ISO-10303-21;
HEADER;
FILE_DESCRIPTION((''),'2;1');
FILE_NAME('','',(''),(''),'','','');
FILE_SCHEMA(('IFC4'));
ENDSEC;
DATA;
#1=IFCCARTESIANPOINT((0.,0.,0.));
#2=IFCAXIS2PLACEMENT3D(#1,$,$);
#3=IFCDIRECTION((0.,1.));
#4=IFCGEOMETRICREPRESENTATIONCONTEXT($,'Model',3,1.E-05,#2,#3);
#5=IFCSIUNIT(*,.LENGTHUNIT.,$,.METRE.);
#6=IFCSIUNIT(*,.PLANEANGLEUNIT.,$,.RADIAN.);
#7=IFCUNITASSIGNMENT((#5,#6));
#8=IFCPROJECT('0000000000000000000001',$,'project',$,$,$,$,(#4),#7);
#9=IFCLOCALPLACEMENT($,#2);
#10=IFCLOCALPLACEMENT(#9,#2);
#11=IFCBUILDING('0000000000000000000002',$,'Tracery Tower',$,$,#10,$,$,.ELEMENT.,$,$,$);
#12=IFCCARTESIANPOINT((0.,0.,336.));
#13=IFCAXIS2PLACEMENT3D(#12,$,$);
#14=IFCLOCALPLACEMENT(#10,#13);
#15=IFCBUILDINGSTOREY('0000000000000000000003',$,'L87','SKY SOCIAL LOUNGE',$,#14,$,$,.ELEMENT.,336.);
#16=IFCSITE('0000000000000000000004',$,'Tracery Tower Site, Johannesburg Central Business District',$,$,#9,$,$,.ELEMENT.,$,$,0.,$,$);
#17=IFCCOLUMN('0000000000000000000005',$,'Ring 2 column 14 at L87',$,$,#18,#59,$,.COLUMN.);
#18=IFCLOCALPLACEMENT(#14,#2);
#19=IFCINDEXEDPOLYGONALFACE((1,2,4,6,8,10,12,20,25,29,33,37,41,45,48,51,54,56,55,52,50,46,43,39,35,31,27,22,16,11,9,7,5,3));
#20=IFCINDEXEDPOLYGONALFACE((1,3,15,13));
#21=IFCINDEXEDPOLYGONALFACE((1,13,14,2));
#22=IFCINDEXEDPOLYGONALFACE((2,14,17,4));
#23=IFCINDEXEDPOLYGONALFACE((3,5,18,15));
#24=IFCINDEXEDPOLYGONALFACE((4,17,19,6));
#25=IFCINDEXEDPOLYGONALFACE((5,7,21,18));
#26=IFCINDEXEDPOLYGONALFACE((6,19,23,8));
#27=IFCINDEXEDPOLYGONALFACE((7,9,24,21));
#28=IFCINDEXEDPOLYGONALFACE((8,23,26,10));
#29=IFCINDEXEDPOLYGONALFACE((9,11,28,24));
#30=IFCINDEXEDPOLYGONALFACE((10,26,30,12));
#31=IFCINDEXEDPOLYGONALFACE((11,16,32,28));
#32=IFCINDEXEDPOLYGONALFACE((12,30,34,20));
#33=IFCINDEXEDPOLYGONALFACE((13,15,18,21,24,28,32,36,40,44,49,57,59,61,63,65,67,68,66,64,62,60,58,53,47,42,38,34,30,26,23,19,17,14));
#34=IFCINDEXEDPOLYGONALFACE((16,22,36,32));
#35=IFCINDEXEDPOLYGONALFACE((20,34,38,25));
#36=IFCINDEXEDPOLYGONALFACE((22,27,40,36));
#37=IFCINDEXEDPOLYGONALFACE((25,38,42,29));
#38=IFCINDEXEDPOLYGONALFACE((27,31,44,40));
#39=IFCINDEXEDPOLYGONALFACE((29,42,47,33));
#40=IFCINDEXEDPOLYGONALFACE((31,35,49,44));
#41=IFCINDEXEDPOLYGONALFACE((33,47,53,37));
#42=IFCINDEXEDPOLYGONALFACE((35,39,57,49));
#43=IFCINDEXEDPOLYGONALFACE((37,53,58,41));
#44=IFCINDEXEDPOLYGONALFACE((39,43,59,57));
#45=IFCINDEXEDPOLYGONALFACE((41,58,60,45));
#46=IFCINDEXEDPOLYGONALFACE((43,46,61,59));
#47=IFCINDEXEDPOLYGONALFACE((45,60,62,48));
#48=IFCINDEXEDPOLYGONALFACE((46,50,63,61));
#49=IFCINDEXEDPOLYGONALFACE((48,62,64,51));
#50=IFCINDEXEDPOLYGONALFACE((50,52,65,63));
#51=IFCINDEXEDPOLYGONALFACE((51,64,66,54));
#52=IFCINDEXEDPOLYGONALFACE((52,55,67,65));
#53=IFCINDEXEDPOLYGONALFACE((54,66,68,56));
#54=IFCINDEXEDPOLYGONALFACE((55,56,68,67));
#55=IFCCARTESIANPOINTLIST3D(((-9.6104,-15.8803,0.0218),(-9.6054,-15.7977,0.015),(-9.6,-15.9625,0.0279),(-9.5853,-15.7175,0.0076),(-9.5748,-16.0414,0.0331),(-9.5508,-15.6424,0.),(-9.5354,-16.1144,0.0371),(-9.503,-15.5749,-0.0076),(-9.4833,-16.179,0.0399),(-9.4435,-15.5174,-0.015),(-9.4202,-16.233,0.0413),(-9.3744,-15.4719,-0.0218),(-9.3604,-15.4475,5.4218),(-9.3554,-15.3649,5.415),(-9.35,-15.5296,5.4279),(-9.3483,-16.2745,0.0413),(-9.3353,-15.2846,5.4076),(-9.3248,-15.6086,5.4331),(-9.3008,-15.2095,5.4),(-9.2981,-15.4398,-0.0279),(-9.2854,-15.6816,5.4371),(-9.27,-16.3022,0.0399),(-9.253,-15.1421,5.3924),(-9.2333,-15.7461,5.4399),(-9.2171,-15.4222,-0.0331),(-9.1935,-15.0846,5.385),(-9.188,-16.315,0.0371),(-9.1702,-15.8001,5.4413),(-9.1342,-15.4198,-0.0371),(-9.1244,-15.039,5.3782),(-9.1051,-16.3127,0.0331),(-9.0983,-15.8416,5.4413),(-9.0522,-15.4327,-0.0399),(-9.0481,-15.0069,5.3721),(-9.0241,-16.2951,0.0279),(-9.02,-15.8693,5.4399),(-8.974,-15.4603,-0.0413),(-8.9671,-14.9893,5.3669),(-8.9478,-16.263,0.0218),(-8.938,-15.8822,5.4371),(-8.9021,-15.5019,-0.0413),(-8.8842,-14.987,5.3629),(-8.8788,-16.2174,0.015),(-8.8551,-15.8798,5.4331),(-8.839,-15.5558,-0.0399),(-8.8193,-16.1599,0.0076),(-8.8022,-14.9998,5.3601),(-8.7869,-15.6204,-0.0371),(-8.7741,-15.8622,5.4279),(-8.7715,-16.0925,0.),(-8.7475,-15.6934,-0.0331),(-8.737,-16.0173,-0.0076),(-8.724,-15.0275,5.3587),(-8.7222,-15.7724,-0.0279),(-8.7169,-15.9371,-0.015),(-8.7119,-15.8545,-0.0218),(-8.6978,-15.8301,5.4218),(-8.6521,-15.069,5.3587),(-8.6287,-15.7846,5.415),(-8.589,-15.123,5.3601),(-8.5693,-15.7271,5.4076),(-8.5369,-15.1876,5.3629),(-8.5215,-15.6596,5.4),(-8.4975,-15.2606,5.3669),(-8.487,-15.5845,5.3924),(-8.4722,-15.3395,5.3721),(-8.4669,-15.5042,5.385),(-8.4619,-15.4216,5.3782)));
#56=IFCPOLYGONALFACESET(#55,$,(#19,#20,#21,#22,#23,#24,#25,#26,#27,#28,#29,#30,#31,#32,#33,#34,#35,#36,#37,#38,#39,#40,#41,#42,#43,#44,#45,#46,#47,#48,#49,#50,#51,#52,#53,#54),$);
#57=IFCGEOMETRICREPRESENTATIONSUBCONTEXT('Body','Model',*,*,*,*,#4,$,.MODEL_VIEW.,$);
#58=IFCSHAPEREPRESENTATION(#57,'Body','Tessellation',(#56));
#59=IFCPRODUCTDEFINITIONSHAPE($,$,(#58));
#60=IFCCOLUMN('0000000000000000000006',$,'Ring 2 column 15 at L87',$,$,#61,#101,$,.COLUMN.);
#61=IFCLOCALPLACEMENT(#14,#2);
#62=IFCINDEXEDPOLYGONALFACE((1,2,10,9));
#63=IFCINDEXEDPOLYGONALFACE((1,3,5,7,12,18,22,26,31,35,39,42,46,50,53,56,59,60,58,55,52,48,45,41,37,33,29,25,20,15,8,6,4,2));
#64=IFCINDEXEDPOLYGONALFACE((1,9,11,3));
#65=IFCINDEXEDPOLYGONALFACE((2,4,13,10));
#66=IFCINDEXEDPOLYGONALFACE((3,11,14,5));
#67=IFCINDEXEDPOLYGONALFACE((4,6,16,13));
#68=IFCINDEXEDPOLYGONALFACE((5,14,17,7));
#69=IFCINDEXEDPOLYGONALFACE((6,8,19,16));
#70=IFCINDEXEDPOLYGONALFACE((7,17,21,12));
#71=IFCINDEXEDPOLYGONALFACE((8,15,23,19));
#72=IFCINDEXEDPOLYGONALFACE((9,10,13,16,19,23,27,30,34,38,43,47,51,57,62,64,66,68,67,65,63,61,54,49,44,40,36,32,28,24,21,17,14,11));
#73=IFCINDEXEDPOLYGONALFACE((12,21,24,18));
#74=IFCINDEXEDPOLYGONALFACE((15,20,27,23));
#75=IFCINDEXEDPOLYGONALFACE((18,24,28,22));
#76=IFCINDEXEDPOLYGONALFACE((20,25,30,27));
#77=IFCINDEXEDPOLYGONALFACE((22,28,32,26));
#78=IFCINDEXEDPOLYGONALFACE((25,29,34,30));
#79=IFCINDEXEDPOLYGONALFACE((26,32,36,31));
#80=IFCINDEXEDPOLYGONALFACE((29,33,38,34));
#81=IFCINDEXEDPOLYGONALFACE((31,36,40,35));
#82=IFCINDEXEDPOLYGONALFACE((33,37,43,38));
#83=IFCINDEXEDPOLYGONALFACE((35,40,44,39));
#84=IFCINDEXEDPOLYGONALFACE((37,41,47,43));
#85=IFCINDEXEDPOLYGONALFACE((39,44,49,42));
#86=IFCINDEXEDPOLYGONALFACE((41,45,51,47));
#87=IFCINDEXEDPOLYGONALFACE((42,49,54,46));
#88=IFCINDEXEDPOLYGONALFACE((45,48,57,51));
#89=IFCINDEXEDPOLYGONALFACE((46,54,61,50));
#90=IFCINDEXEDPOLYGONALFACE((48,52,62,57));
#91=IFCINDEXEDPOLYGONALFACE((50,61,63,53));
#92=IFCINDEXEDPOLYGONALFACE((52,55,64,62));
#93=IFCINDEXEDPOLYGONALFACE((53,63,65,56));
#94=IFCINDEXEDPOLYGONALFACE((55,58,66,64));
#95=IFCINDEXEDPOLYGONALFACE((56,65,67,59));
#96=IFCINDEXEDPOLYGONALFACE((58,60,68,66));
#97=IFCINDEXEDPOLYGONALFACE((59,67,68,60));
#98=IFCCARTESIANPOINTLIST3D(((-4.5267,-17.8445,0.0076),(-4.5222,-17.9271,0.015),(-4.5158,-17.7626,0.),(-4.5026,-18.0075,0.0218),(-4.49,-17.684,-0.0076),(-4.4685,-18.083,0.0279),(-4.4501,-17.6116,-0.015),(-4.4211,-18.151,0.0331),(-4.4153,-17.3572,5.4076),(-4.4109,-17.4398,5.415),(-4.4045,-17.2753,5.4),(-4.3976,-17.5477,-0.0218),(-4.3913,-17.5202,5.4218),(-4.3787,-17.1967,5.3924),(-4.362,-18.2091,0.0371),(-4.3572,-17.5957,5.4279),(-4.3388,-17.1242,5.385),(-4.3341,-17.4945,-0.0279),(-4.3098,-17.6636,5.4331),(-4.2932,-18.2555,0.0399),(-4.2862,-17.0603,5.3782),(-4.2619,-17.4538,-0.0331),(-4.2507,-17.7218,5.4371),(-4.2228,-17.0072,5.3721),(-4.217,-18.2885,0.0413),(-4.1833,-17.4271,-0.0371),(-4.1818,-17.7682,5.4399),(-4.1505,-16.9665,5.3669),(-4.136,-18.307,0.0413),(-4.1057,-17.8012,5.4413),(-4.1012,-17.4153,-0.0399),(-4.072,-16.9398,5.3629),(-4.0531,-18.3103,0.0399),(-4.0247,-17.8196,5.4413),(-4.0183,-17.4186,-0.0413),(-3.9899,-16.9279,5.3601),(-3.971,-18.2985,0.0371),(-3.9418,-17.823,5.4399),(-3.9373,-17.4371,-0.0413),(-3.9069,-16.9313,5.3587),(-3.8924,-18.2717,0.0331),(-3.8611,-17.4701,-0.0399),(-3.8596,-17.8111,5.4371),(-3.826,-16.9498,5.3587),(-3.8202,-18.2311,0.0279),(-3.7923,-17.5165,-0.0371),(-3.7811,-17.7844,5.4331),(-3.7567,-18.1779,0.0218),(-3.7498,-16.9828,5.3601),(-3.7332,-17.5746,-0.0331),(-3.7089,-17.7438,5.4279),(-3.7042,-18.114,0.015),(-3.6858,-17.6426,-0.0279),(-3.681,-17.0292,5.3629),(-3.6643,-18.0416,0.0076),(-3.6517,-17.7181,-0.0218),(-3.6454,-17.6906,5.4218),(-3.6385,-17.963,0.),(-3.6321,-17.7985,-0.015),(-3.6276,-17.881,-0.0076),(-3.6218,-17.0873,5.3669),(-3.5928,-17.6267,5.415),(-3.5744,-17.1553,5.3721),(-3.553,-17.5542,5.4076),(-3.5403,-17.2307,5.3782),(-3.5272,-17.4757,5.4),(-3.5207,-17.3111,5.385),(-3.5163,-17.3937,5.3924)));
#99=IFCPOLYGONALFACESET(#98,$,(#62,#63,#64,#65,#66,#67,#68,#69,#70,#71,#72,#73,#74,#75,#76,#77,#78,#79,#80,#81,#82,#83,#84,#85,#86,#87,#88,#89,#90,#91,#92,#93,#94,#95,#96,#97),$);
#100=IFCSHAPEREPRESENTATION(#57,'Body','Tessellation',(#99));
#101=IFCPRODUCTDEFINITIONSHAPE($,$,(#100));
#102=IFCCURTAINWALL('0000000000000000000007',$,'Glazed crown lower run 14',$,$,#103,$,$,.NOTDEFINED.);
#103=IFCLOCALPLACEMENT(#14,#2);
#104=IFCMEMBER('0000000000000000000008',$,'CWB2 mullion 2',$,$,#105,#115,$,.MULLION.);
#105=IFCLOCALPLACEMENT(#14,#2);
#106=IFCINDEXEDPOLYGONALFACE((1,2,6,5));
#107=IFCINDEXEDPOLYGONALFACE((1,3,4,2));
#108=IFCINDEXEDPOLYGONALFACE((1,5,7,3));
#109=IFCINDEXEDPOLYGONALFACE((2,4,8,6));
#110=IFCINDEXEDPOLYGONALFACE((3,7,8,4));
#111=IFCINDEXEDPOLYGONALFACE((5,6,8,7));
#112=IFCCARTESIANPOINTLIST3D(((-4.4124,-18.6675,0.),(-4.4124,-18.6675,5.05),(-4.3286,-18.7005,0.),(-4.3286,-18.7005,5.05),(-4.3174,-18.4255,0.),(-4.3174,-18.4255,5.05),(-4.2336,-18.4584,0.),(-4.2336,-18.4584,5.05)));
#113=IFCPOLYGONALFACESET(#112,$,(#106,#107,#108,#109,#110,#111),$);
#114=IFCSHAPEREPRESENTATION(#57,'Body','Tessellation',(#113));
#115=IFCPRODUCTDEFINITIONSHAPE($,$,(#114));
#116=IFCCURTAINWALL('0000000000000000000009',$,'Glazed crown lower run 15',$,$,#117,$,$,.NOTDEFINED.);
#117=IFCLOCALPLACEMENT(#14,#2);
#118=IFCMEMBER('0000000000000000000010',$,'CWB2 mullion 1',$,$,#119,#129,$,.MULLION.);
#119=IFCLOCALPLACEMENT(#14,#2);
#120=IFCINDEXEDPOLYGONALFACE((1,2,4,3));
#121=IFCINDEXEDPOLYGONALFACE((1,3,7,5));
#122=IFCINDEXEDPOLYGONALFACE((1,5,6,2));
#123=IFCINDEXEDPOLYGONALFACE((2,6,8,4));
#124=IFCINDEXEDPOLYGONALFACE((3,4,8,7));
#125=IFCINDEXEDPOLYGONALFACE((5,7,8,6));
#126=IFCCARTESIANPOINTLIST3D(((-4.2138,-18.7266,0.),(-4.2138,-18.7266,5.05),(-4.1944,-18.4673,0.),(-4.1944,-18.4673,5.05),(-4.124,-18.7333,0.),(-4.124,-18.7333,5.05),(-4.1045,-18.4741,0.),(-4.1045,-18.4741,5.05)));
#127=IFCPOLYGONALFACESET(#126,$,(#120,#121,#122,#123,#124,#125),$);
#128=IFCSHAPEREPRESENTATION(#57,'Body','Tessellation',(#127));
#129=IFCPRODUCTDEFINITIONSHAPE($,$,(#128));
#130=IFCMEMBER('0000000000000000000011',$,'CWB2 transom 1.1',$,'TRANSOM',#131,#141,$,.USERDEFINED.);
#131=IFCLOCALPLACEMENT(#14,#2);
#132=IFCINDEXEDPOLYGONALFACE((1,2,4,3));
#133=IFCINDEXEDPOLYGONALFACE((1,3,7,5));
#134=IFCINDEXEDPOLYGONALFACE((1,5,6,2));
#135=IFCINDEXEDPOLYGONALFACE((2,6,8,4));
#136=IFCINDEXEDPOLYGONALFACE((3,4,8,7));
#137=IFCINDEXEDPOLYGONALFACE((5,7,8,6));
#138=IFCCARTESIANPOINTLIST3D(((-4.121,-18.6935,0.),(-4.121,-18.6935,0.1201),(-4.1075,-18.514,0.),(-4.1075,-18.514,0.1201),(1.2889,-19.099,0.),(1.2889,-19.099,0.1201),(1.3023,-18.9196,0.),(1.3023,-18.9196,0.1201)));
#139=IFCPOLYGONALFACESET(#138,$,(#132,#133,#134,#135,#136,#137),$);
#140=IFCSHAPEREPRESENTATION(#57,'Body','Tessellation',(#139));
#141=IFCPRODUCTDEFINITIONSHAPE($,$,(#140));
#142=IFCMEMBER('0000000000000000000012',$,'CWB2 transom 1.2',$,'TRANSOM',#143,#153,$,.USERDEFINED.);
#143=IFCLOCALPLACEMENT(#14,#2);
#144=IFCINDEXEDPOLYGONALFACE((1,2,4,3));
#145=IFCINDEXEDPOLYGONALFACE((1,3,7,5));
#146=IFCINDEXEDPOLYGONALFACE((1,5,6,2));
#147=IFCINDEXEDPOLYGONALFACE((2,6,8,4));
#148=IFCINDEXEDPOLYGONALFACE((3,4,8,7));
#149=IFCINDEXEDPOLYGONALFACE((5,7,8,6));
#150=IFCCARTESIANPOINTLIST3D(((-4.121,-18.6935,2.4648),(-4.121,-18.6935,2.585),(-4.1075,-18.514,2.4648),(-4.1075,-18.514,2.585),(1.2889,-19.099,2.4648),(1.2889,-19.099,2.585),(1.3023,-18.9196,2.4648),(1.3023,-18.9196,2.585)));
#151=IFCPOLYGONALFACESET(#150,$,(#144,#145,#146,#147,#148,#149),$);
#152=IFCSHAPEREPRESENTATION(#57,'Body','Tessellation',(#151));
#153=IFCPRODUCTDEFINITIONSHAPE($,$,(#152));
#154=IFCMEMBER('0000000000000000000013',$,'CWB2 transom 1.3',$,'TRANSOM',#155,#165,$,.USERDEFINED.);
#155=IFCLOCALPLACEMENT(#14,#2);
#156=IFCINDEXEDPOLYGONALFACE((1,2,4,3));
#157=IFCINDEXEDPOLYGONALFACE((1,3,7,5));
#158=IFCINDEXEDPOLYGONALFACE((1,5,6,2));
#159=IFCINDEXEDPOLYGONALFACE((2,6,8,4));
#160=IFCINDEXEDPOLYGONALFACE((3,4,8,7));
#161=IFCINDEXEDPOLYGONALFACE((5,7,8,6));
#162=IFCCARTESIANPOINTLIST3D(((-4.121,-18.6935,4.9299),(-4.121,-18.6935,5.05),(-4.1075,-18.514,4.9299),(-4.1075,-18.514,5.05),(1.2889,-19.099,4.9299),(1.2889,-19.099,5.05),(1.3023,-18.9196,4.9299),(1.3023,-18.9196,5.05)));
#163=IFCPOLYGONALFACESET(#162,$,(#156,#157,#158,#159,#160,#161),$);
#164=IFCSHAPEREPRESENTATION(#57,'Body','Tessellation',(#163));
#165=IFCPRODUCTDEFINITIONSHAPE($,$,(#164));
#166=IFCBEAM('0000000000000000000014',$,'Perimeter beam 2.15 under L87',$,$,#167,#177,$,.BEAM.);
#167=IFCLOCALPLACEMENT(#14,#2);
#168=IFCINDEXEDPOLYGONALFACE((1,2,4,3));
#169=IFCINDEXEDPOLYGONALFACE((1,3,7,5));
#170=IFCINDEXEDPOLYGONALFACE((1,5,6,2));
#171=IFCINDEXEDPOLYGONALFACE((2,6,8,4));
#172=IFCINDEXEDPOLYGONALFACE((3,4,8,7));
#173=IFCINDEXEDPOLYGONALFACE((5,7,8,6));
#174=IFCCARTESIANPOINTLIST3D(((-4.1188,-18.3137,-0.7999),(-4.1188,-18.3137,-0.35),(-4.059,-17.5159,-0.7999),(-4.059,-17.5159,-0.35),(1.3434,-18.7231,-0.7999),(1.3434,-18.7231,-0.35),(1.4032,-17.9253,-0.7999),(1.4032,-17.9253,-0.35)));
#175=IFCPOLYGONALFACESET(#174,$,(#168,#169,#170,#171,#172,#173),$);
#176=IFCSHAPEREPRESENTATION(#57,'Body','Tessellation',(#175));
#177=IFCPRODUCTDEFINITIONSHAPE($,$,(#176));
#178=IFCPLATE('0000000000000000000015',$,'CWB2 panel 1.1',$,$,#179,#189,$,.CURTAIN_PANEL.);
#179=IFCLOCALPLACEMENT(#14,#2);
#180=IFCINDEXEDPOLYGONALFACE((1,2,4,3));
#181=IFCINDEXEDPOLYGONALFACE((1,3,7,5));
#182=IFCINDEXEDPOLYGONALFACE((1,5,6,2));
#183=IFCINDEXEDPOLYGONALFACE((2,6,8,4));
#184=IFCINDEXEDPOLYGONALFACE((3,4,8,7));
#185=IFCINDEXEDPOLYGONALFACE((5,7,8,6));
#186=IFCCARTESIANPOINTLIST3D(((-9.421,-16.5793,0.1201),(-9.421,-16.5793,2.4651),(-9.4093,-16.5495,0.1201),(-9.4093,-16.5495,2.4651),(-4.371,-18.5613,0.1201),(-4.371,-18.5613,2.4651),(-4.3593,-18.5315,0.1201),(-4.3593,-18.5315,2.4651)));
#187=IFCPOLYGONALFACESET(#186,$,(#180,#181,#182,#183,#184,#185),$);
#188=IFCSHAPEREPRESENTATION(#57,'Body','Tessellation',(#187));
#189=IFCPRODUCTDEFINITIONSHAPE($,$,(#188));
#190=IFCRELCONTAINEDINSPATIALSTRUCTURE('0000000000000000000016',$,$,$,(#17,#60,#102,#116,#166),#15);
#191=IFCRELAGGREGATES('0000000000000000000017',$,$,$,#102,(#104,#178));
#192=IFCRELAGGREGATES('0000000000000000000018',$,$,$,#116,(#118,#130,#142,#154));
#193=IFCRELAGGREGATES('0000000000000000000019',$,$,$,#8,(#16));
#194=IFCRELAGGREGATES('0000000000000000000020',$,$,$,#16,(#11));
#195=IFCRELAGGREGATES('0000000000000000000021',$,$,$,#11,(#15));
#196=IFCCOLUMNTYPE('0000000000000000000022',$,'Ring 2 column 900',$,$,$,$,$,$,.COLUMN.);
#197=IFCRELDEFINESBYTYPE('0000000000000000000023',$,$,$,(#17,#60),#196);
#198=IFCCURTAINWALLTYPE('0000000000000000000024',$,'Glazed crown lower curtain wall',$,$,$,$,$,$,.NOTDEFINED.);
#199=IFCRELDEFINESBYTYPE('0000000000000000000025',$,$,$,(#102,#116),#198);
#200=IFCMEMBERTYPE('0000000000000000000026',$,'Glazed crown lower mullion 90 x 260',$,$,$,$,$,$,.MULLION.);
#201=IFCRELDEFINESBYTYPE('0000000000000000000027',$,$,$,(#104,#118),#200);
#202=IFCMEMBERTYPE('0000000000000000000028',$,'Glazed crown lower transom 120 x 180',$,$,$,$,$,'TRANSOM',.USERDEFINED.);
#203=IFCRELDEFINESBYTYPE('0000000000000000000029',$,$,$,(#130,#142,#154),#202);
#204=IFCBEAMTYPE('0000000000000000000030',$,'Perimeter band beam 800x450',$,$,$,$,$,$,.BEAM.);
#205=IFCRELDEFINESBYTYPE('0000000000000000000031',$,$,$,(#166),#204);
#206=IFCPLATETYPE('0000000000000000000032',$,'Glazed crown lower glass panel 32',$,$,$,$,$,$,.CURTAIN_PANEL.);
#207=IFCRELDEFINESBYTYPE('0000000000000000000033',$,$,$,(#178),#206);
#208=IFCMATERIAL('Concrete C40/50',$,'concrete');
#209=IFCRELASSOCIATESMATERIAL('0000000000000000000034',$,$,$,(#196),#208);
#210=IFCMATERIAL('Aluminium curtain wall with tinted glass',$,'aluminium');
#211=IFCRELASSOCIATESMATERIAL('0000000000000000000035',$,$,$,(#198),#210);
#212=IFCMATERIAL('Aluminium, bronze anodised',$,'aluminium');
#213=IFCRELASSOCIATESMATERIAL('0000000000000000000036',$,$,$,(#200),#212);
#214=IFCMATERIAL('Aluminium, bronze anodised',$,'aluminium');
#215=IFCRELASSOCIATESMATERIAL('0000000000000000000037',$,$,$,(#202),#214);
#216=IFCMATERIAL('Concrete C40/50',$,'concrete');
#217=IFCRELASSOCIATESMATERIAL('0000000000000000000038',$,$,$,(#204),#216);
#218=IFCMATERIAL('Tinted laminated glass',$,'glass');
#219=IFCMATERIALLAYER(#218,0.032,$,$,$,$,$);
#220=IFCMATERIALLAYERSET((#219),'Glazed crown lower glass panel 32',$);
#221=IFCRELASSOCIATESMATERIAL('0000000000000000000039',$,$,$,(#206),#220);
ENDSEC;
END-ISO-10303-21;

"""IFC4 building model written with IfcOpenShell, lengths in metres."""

from ifc_helpers import new_model, si_unit, direction, frame, origin, origin_2d, place, context, subcontext, project, spatial, rectangle, circle, extrude, material, layer, layer_set, material_profile, profile_set, type_object, element, aggregate, save


model = new_model("IFC4")

# Units and contexts
model_context = context("Model", 3, precision=1e-05, world=origin(), true_north=direction((0.0, 1.0)))
body_context = subcontext(model_context, "Body", "Model", "MODEL_VIEW")
ifc_project = project(units=[si_unit("LENGTHUNIT", "METRE"), si_unit("PLANEANGLEUNIT", "RADIAN")], contexts=[model_context])

# Site, building, storey
site_placement = place(None, origin())
site = spatial("IfcSite", under=ifc_project, at=site_placement, Name="Tracery Tower Site, Johannesburg Central Business District", CompositionType="ELEMENT", RefElevation=0.0)
building_placement = place(site_placement, origin())
building = spatial("IfcBuilding", under=site, at=building_placement, Name="Tracery Tower", CompositionType="ELEMENT")
storey_placement = place(building_placement, frame((0.0, 0.0, 336.0)))
storey = spatial("IfcBuildingStorey", under=building, at=storey_placement, Name="L87", Description="SKY SOCIAL LOUNGE", CompositionType="ELEMENT", Elevation=336.0)

# Columns
ifc_material_1 = material(Name="Concrete C40/50", Category="concrete")
ifc_material_profile_1 = material_profile(ifc_material_1, circle(Radius=0.45, at=origin_2d()), Name="RC D900")
ifc_profile_set_1 = profile_set([ifc_material_profile_1], Name="Concrete C40/50")
column_type = type_object("IfcColumnType", Name="Ring 2 column 900", PredefinedType="COLUMN", material=ifc_profile_set_1)
for number, where, z_axis, x_axis, name in (
    (1, (-9.1611, -15.8674, 0.0), (0.0461, 0.07982, 0.995743), (-0.86595, 0.500131, 0.0), "Ring 2 column 14 at L87"),
    (2, (-4.0771, -17.8628, 0.0), (0.020529, 0.089859, 0.995743), (-0.974883, 0.222719, 0.0), "Ring 2 column 15 at L87"),
):
    element("IfcColumn", number, at=place(storey_placement, frame(where, z_axis=z_axis, x_axis=x_axis)), inside=storey, type_object=column_type, Name=name, PredefinedType="COLUMN", context=body_context, shape_type="SweptSolid", body=[
        extrude(circle(Radius=0.45, at=origin_2d()), origin(), (0.0, 0.0, 1.0), 5.4231),
    ])

# Curtain wall, member
ifc_material_2 = material(Name="Aluminium curtain wall with tinted glass", Category="aluminium")
curtain_wall_type = type_object("IfcCurtainWallType", Name="Glazed crown lower curtain wall", PredefinedType="NOTDEFINED", material=ifc_material_2)
curtain_wall_1_placement = place(storey_placement, origin())
curtain_wall_1 = element("IfcCurtainWall", 3, at=curtain_wall_1_placement, inside=storey, type_object=curtain_wall_type, Name="Glazed crown lower run 14", PredefinedType="NOTDEFINED")
ifc_material_3 = material(Name="Aluminium, bronze anodised", Category="aluminium")
ifc_material_profile_2 = material_profile(ifc_material_3, rectangle(XDim=0.26, YDim=0.0901, at=origin_2d()), Name="Glazed crown lower mullion 90 x 260")
ifc_profile_set_2 = profile_set([ifc_material_profile_2], Name="Aluminium, bronze anodised")
member_type_1 = type_object("IfcMemberType", Name="Glazed crown lower mullion 90 x 260", PredefinedType="MULLION", material=ifc_profile_set_2)
member_1_placement = place(storey_placement, frame((-4.323, -18.563, 0.0), z_axis=(0.0, 0.0, 1.0), x_axis=(0.365342, 0.930874, 0.0)))
member_1 = element("IfcMember", 4, at=member_1_placement, type_object=member_type_1, Name="CWB2 mullion 2", PredefinedType="MULLION", context=body_context, shape_type="SweptSolid", body=[
    extrude(rectangle(XDim=0.26, YDim=0.0901, at=origin_2d()), origin(), (0.0, 0.0, 1.0), 5.05),
])

# Curtain wall, members
curtain_wall_2_placement = place(storey_placement, origin())
curtain_wall_2 = element("IfcCurtainWall", 5, at=curtain_wall_2_placement, inside=storey, type_object=curtain_wall_type, Name="Glazed crown lower run 15", PredefinedType="NOTDEFINED")
member_2_placement = place(storey_placement, frame((-4.1592, -18.6003, 0.0), z_axis=(0.0, 0.0, 1.0), x_axis=(0.074735, 0.997203, 0.0)))
member_2 = element("IfcMember", 6, at=member_2_placement, type_object=member_type_1, Name="CWB2 mullion 1", PredefinedType="MULLION", context=body_context, shape_type="SweptSolid", body=[
    extrude(rectangle(XDim=0.26, YDim=0.0901, at=origin_2d()), origin(), (0.0, 0.0, 1.0), 5.05),
])
ifc_material_4 = material(Name="Aluminium, bronze anodised", Category="aluminium")
ifc_material_profile_3 = material_profile(ifc_material_4, rectangle(XDim=0.1799, YDim=0.1201, at=origin_2d()), Name="Glazed crown lower transom 120 x 180")
ifc_profile_set_3 = profile_set([ifc_material_profile_3], Name="Aluminium, bronze anodised")
member_type_2 = type_object("IfcMemberType", Name="Glazed crown lower transom 120 x 180", ElementType="TRANSOM", PredefinedType="USERDEFINED", material=ifc_profile_set_3)
member_3_placement = place(storey_placement, frame((-4.1143, -18.6038, 0.0601), z_axis=(0.997202, -0.074749, 0.0), x_axis=(0.074749, 0.997202, 0.0)))
member_3 = element("IfcMember", 7, at=member_3_placement, type_object=member_type_2, Name="CWB2 transom 1.1", ObjectType="TRANSOM", PredefinedType="USERDEFINED", context=body_context, shape_type="SweptSolid", body=[
    extrude(rectangle(XDim=0.1799, YDim=0.1201, at=origin_2d()), origin(), (0.0, 0.0, 1.0), 5.425),
])
member_4_placement = place(storey_placement, frame((-4.1143, -18.6038, 2.5249), z_axis=(0.997202, -0.074749, 0.0), x_axis=(0.074749, 0.997202, 0.0)))
member_4 = element("IfcMember", 8, at=member_4_placement, type_object=member_type_2, Name="CWB2 transom 1.2", ObjectType="TRANSOM", PredefinedType="USERDEFINED", context=body_context, shape_type="SweptSolid", body=[
    extrude(rectangle(XDim=0.1799, YDim=0.1201, at=origin_2d()), origin(), (0.0, 0.0, 1.0), 5.425),
])
member_5_placement = place(storey_placement, frame((-4.1143, -18.6038, 4.99), z_axis=(0.997202, -0.074749, 0.0), x_axis=(0.074749, 0.997202, 0.0)))
member_5 = element("IfcMember", 9, at=member_5_placement, type_object=member_type_2, Name="CWB2 transom 1.3", ObjectType="TRANSOM", PredefinedType="USERDEFINED", context=body_context, shape_type="SweptSolid", body=[
    extrude(rectangle(XDim=0.1799, YDim=0.1201, at=origin_2d()), origin(), (0.0, 0.0, 1.0), 5.425),
])

# Beam
ifc_material_5 = material(Name="Concrete C40/50", Category="concrete")
ifc_material_profile_4 = material_profile(ifc_material_5, rectangle(XDim=0.8, YDim=0.45, at=origin_2d()), Name="RC 800x450")
ifc_profile_set_4 = profile_set([ifc_material_profile_4], Name="Concrete C40/50")
beam_type = type_object("IfcBeamType", Name="Perimeter band beam 800x450", PredefinedType="BEAM", material=ifc_profile_set_4)
beam_placement = place(storey_placement, frame((-4.0889, -17.9148, -0.575), z_axis=(0.997203, -0.074747, 0.0), x_axis=(0.074747, 0.997203, 0.0)))
element("IfcBeam", 10, at=beam_placement, inside=storey, type_object=beam_type, Name="Perimeter beam 2.15 under L87", PredefinedType="BEAM", context=body_context, shape_type="SweptSolid", body=[
    extrude(rectangle(XDim=0.8, YDim=0.45, at=origin_2d()), origin(), (0.0, 0.0, 1.0), 5.4775),
])

# Plate
ifc_material_6 = material(Name="Tinted laminated glass", Category="glass")
ifc_layer_1 = layer(ifc_material_6, 0.032)
ifc_layer_set_1 = layer_set([ifc_layer_1], Name="Glazed crown lower glass panel 32")
plate_type = type_object("IfcPlateType", Name="Glazed crown lower glass panel 32", PredefinedType="CURTAIN_PANEL", material=ifc_layer_set_1)
plate_1_placement = place(storey_placement, frame((-6.8901, -17.5554, 0.1201), z_axis=(0.0, 0.0, 1.0), x_axis=(0.930874, -0.365342, 0.0)))
plate_1 = element("IfcPlate", 11, at=plate_1_placement, type_object=plate_type, Name="CWB2 panel 1.1", PredefinedType="CURTAIN_PANEL", context=body_context, shape_type="SweptSolid", body=[
    extrude(rectangle(XDim=5.425, YDim=0.032, at=origin_2d()), origin(), (0.0, 0.0, 1.0), 2.345),
])
aggregate(curtain_wall_1, [member_1, plate_1])
aggregate(curtain_wall_2, [member_2, member_3, member_4, member_5])

save(model, "model.ifc")
